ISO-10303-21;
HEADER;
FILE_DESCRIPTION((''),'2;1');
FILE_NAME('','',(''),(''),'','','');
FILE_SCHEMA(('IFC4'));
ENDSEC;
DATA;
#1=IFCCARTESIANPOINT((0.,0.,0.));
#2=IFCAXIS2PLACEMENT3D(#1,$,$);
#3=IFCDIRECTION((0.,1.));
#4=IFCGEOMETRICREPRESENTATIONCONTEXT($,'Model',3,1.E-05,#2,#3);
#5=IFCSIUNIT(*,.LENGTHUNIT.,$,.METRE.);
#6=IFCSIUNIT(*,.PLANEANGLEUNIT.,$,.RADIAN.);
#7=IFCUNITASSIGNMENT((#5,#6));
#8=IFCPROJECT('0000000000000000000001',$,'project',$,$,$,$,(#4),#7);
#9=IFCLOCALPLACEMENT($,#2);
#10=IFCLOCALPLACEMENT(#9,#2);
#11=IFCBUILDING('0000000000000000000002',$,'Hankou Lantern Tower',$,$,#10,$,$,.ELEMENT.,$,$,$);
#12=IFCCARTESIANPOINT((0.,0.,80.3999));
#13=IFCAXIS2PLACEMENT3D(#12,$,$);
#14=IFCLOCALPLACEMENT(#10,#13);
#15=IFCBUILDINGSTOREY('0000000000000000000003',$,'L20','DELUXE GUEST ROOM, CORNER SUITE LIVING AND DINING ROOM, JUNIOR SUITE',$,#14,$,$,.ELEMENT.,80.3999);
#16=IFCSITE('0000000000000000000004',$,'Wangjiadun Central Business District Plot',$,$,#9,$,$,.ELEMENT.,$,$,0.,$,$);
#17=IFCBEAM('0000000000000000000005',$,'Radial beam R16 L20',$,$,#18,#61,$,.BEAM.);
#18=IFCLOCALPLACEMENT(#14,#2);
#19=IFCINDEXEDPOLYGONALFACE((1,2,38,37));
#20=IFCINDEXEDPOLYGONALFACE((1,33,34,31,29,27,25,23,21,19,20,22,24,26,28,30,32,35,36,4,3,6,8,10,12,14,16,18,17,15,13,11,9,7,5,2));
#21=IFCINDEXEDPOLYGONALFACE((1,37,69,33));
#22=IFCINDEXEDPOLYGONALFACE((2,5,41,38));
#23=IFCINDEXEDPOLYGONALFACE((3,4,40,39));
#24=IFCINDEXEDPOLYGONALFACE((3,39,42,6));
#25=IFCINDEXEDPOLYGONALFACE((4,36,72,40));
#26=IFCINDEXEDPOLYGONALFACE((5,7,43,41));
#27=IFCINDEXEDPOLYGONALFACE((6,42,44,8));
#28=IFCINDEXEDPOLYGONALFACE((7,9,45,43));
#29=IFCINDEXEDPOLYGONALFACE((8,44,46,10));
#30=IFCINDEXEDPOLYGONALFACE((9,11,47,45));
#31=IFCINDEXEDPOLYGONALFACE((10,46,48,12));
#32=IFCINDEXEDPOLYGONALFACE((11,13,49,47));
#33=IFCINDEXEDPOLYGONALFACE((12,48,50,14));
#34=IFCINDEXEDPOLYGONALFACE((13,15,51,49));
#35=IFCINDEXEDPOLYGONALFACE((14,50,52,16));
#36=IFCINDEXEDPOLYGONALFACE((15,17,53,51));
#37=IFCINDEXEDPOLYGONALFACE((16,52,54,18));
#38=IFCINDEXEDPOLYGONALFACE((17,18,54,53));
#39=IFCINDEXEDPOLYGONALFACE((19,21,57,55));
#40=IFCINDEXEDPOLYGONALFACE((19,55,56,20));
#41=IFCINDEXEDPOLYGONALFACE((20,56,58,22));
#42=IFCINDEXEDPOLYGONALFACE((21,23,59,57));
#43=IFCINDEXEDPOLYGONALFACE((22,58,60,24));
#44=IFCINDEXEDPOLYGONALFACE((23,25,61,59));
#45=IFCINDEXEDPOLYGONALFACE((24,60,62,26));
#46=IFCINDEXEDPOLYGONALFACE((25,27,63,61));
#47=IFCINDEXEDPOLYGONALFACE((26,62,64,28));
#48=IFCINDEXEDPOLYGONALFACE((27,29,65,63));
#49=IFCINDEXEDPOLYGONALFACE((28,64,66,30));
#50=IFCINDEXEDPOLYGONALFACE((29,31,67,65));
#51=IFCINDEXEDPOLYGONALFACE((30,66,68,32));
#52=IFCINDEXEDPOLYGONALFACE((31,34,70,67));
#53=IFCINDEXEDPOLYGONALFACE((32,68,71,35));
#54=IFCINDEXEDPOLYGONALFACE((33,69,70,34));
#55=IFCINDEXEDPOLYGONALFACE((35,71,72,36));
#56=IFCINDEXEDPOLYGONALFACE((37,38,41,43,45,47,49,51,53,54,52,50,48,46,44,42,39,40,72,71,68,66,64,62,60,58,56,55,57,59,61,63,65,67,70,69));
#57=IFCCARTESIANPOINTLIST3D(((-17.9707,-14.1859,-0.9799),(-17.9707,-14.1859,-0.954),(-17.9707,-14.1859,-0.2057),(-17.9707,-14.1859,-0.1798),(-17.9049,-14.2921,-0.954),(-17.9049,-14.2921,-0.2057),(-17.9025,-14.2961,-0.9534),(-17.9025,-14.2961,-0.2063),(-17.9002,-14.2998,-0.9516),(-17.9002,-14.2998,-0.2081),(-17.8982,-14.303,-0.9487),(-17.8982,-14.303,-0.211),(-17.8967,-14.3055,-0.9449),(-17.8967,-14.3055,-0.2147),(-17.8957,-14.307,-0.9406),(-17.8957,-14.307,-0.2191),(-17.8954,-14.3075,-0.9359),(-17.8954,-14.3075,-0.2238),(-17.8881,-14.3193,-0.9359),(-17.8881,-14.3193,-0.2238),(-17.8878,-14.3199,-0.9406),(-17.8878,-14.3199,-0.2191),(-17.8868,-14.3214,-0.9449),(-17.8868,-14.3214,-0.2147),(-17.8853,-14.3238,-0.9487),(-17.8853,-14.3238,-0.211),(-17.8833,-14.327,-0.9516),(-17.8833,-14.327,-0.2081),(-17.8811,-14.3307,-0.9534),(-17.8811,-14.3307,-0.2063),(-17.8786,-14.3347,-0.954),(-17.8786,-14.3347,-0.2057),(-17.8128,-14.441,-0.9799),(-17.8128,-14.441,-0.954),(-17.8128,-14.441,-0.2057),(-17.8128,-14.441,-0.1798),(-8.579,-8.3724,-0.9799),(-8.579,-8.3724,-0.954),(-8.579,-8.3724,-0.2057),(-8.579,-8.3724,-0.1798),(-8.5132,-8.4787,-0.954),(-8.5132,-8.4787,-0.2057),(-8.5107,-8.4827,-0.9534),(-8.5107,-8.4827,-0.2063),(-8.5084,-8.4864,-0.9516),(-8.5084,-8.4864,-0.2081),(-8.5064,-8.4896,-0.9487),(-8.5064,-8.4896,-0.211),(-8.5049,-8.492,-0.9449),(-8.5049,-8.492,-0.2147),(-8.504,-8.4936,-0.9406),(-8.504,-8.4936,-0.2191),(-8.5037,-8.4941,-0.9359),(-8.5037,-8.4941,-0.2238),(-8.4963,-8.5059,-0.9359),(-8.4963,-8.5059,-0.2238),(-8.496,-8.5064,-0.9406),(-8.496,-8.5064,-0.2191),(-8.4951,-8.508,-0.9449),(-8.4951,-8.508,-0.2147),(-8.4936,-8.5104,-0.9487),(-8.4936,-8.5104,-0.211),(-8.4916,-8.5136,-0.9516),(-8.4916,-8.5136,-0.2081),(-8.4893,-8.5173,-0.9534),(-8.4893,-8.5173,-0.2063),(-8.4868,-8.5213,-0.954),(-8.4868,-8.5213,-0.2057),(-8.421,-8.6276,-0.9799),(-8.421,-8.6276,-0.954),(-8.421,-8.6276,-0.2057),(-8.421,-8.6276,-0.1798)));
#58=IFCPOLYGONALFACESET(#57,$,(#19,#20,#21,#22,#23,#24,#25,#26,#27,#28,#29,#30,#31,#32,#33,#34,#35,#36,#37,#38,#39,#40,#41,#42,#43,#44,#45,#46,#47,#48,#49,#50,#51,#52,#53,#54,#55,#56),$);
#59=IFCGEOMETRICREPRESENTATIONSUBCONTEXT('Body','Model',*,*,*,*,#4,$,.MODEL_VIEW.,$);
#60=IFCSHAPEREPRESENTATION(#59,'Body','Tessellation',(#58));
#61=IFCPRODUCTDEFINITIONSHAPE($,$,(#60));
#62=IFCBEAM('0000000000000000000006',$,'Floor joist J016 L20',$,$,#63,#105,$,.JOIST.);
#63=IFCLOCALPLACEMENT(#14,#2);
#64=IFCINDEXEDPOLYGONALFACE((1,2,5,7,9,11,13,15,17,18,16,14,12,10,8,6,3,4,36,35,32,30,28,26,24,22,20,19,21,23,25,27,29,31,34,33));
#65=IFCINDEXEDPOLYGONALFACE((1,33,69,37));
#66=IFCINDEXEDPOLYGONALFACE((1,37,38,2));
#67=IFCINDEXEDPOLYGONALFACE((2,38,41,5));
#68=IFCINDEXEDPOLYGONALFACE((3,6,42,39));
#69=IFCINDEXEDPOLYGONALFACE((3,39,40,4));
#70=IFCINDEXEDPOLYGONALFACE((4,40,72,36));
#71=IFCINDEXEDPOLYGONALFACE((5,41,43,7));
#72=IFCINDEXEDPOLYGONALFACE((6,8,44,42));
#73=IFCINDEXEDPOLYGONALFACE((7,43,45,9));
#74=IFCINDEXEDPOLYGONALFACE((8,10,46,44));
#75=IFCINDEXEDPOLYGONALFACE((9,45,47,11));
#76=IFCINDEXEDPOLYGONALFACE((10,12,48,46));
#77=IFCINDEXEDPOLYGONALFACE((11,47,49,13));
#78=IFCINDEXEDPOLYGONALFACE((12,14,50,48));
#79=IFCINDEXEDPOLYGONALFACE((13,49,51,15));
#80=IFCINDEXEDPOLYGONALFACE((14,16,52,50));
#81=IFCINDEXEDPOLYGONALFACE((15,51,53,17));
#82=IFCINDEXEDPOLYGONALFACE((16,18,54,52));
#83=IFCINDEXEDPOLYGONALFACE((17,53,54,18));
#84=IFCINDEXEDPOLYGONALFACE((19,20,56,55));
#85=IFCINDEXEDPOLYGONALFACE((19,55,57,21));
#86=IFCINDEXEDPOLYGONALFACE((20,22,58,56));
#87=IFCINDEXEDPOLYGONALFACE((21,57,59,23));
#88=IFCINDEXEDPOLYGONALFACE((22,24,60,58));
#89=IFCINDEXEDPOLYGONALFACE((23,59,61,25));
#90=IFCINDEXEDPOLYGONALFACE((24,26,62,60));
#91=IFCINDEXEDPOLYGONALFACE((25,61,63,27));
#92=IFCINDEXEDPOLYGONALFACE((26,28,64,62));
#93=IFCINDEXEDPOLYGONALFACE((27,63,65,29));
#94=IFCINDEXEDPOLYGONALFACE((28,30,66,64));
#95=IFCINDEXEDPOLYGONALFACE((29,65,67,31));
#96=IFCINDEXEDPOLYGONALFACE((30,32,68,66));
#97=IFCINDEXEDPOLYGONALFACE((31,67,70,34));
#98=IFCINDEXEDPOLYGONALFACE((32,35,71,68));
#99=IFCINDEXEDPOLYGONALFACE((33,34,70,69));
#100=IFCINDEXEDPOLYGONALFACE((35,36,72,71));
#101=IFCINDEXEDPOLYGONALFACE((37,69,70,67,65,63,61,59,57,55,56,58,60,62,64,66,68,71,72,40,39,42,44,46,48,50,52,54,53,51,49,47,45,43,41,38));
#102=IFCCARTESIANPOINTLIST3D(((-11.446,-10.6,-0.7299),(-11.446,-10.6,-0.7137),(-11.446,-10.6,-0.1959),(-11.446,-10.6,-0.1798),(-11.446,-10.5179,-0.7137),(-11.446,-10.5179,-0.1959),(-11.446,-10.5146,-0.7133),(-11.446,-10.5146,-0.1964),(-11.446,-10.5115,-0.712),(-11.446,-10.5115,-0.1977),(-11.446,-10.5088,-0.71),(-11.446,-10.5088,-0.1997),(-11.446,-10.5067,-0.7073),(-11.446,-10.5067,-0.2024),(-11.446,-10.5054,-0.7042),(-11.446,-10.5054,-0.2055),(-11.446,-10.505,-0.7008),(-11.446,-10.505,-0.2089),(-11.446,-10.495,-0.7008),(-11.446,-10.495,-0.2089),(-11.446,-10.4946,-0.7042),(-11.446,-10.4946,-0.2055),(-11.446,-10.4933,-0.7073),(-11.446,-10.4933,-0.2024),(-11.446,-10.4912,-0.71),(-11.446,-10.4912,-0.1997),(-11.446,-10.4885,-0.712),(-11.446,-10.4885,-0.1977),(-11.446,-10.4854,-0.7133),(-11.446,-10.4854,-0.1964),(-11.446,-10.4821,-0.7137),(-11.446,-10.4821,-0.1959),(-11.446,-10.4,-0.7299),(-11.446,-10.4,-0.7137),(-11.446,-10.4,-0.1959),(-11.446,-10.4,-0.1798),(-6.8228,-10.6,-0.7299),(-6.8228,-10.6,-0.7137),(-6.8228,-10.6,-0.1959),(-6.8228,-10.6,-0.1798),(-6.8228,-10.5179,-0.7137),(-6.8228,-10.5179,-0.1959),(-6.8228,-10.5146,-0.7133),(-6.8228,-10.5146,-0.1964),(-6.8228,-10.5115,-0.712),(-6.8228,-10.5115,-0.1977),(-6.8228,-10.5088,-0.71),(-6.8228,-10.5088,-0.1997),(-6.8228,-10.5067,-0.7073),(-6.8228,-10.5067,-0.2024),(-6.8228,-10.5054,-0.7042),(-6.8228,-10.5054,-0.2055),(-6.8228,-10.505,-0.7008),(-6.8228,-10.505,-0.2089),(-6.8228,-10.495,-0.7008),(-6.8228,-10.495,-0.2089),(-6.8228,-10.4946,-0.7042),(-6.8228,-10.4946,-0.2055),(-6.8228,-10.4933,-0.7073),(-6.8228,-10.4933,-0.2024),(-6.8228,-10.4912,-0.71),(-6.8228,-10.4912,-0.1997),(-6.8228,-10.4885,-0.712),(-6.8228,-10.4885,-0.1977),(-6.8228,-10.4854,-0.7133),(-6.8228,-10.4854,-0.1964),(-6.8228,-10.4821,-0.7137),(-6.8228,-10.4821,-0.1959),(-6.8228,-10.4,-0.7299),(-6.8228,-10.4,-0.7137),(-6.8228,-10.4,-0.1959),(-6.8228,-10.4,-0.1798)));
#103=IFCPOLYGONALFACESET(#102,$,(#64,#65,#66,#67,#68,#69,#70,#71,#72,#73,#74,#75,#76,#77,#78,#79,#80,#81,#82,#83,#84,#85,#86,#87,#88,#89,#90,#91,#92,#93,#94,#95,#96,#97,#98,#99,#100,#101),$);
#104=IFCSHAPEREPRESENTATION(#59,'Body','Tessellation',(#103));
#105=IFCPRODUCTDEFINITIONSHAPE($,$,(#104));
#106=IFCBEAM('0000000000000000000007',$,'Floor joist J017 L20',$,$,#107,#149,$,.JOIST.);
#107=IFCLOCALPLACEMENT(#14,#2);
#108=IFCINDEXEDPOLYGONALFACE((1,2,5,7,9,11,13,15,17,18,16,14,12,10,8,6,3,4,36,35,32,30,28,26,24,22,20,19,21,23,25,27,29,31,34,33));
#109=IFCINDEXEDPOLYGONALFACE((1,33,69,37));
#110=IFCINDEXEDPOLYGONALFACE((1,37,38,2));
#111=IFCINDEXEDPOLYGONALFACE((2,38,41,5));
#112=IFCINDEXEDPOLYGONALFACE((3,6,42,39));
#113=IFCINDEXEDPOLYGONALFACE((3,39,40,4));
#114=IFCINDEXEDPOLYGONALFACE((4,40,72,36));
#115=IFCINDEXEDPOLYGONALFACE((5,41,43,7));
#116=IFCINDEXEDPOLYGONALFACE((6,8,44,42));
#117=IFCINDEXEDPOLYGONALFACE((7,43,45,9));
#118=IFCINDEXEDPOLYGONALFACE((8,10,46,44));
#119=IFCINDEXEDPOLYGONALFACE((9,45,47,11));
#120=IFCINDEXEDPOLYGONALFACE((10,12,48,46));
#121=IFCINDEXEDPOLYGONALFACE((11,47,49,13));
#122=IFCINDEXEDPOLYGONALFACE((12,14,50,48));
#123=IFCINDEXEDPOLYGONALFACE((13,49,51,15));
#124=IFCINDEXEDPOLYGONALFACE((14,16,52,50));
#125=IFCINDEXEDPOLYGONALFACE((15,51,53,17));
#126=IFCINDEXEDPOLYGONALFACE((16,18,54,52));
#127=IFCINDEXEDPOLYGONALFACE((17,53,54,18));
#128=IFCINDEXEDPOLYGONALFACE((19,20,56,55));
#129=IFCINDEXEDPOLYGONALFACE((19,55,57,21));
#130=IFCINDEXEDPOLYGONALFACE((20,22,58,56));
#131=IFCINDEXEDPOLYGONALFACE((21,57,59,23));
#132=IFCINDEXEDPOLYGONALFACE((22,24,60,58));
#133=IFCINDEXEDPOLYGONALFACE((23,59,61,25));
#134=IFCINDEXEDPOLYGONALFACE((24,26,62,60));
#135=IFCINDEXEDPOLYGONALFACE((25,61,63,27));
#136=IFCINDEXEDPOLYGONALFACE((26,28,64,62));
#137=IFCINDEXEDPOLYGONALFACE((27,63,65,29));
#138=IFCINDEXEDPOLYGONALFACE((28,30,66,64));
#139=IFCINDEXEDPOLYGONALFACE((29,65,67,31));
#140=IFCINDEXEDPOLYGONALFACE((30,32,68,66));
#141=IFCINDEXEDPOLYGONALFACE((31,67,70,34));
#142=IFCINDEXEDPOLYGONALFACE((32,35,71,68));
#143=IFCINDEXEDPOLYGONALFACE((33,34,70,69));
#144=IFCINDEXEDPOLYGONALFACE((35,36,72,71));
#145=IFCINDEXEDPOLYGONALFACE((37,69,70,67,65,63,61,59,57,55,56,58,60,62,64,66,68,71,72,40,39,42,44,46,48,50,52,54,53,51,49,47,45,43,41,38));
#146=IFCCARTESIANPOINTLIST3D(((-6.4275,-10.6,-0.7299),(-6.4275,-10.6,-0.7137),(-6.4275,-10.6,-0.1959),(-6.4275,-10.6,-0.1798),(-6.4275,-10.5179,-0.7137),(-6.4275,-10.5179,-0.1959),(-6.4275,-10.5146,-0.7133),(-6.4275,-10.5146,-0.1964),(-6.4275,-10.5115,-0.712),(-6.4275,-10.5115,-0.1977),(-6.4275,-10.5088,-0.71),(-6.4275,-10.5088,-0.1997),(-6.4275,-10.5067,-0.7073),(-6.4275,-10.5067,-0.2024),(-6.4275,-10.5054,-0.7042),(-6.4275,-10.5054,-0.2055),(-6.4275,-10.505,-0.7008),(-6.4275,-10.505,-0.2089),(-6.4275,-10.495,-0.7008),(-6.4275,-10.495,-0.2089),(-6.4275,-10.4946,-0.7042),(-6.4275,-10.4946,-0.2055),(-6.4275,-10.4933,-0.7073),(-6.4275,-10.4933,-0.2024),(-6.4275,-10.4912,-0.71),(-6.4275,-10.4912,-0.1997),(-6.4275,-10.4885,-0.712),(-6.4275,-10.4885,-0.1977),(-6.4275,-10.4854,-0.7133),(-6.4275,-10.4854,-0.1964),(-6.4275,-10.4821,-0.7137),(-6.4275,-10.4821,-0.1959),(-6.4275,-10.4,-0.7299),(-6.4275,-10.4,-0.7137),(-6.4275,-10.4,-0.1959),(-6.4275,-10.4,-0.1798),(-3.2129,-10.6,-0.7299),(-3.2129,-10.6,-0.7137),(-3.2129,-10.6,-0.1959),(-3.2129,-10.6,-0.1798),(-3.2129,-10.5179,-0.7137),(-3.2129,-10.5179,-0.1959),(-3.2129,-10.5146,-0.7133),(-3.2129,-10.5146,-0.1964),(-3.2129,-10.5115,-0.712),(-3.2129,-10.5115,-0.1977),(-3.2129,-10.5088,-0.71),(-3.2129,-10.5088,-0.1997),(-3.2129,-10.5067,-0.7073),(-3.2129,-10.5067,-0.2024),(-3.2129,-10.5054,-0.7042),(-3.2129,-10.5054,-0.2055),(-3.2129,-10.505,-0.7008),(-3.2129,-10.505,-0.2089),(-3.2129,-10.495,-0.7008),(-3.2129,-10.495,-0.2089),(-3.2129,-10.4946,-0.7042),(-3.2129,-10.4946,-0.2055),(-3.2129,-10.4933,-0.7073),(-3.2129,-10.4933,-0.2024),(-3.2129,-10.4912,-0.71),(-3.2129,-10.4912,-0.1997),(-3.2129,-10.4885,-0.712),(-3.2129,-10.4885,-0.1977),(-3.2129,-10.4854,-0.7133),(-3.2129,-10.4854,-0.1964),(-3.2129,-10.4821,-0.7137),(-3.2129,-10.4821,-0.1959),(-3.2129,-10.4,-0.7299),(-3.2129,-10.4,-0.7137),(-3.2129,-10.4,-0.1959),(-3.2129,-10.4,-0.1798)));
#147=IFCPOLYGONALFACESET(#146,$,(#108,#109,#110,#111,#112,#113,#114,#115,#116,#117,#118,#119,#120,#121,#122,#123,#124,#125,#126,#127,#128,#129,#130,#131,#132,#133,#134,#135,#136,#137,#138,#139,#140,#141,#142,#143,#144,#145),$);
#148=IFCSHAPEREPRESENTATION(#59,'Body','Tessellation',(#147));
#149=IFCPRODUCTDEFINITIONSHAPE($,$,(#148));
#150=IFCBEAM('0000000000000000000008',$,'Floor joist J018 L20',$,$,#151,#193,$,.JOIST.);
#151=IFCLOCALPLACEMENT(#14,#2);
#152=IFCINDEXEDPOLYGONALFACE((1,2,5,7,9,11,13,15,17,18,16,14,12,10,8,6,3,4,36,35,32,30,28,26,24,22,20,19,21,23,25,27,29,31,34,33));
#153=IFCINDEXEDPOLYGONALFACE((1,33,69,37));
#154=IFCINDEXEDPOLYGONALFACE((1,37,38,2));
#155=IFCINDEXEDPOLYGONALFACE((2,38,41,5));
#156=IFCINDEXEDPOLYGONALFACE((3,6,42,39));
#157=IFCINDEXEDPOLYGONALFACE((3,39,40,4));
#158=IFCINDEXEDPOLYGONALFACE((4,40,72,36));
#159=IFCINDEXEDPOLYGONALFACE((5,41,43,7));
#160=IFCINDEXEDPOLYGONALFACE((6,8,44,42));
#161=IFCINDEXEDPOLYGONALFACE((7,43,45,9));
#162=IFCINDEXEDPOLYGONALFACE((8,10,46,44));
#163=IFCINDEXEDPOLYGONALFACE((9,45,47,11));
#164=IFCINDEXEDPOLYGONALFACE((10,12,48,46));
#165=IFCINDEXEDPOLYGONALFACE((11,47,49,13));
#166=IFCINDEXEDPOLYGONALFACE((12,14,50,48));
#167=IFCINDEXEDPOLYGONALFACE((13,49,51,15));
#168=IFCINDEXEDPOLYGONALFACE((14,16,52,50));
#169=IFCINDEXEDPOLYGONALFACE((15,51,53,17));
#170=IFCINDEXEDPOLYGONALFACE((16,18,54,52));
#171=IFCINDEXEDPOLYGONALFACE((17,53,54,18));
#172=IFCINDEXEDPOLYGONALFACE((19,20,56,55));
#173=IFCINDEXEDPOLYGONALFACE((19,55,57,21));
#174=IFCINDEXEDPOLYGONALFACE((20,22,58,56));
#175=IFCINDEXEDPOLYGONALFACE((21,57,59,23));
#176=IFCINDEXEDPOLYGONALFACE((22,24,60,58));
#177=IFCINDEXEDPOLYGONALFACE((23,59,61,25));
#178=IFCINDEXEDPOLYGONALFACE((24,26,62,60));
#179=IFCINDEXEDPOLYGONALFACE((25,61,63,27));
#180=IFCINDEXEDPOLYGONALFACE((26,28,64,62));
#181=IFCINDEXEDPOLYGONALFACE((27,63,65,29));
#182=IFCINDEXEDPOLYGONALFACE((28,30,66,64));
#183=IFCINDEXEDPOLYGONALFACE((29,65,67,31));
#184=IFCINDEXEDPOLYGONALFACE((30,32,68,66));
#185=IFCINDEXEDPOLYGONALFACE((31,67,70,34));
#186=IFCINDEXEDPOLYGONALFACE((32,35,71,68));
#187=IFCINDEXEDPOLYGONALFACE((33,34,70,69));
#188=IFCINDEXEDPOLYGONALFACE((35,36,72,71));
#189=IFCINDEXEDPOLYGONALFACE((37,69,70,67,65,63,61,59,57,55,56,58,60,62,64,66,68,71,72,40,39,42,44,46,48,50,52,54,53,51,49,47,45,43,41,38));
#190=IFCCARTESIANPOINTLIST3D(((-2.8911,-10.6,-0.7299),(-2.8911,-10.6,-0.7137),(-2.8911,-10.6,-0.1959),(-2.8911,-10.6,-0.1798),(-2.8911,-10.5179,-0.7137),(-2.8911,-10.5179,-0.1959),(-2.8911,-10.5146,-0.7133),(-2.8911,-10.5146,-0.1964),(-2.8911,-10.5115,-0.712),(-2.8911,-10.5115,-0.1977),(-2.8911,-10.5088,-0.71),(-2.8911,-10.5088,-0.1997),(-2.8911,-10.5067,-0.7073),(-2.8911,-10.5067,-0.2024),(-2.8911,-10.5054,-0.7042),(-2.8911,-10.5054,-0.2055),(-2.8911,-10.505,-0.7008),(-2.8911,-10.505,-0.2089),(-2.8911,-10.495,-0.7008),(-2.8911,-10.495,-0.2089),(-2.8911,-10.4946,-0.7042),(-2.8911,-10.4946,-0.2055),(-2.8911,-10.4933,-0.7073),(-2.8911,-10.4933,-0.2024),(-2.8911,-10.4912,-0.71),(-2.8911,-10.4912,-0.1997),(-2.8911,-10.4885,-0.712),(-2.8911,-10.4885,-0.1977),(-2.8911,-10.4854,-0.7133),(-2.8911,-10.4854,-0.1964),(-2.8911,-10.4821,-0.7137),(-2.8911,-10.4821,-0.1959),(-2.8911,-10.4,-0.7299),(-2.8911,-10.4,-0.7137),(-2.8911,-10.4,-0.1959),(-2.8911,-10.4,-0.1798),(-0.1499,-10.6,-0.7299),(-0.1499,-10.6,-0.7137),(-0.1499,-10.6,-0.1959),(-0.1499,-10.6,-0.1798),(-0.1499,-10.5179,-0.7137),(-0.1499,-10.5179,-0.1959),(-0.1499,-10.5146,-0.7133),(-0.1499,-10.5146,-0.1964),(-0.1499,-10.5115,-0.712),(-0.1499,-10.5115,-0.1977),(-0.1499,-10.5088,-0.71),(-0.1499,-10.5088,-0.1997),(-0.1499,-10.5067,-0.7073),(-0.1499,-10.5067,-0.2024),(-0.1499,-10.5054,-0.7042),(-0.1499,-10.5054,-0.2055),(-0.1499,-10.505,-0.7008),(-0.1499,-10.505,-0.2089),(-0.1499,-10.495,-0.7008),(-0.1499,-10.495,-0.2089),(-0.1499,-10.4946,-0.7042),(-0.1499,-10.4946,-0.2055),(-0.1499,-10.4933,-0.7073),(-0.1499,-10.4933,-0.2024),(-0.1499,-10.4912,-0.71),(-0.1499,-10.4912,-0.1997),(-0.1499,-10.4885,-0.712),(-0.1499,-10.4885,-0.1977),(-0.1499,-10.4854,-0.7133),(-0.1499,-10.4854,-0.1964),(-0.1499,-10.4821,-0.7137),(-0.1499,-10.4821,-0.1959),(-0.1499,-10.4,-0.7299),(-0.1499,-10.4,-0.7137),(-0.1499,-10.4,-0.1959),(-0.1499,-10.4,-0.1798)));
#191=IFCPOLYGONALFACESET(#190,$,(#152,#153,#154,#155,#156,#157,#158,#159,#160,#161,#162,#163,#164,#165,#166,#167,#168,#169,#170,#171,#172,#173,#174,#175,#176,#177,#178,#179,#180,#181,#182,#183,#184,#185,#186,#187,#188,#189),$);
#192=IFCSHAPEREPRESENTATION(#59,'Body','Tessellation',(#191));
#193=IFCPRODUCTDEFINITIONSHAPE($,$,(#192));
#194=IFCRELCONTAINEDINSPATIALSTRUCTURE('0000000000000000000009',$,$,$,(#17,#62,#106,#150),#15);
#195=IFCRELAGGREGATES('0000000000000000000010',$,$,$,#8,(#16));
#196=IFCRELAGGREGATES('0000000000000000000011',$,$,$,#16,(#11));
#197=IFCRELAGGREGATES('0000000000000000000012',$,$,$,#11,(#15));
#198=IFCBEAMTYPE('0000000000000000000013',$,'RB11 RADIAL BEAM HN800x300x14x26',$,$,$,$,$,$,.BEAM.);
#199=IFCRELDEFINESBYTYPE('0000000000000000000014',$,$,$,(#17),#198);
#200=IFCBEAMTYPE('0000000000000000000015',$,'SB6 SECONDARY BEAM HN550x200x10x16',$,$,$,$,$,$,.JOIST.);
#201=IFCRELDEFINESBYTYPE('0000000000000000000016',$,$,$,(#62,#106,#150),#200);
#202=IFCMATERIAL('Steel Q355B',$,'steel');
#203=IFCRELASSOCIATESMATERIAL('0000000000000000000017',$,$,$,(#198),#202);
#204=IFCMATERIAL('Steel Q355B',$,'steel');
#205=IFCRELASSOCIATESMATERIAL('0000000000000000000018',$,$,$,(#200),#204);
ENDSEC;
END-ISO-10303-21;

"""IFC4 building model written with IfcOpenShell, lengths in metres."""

from ifc_helpers import new_model, si_unit, direction, frame, origin, origin_2d, place, context, subcontext, project, spatial, i_section, extrude, material, material_profile, profile_set, type_object, element, save


model = new_model("IFC4")

# Units and contexts
model_context = context("Model", 3, precision=1e-05, world=origin(), true_north=direction((0.0, 1.0)))
body_context = subcontext(model_context, "Body", "Model", "MODEL_VIEW")
ifc_project = project(units=[si_unit("LENGTHUNIT", "METRE"), si_unit("PLANEANGLEUNIT", "RADIAN")], contexts=[model_context])

# Site, building, storey
site_placement = place(None, origin())
site = spatial("IfcSite", under=ifc_project, at=site_placement, Name="Wangjiadun Central Business District Plot", CompositionType="ELEMENT", RefElevation=0.0)
building_placement = place(site_placement, origin())
building = spatial("IfcBuilding", under=site, at=building_placement, Name="Hankou Lantern Tower", CompositionType="ELEMENT")
storey_placement = place(building_placement, frame((0.0, 0.0, 80.3999)))
storey = spatial("IfcBuildingStorey", under=building, at=storey_placement, Name="L20", Description="DELUXE GUEST ROOM, CORNER SUITE LIVING AND DINING ROOM, JUNIOR SUITE", CompositionType="ELEMENT", Elevation=80.3999)

# Beams
ifc_material_1 = material(Name="Steel Q355B", Category="steel")
ifc_material_profile_1 = material_profile(ifc_material_1, i_section(OverallWidth=0.3, OverallDepth=0.8, WebThickness=0.0139, FlangeThickness=0.0259, FilletRadius=0.0181, at=origin_2d()), Name="HN800x300x14x26")
ifc_profile_set_1 = profile_set([ifc_material_profile_1], Name="Steel Q355B")
beam_type_1 = type_object("IfcBeamType", Name="RB11 RADIAL BEAM HN800x300x14x26", PredefinedType="BEAM", material=ifc_profile_set_1)
beam_1_placement = place(storey_placement, frame((-8.5, -8.5, -0.5798), z_axis=(-0.850286, -0.52632, 0.0), x_axis=(0.52632, -0.850286, 0.0)))
element("IfcBeam", 1, at=beam_1_placement, inside=storey, type_object=beam_type_1, Name="Radial beam R16 L20", PredefinedType="BEAM", context=body_context, shape_type="SweptSolid", body=[
    extrude(i_section(OverallWidth=0.3, OverallDepth=0.8, WebThickness=0.0139, FlangeThickness=0.0259, FilletRadius=0.0181, at=origin_2d()), origin(), (0.0, 0.0, 1.0), 11.0454),
])
ifc_material_2 = material(Name="Steel Q355B", Category="steel")
ifc_material_profile_2 = material_profile(ifc_material_2, i_section(OverallWidth=0.2, OverallDepth=0.55, WebThickness=0.01, FlangeThickness=0.0161, FilletRadius=0.0129, at=origin_2d()), Name="HN550x200x10x16")
ifc_profile_set_2 = profile_set([ifc_material_profile_2], Name="Steel Q355B")
beam_type_2 = type_object("IfcBeamType", Name="SB6 SECONDARY BEAM HN550x200x10x16", PredefinedType="JOIST", material=ifc_profile_set_2)
beam_2_placement = place(storey_placement, frame((-11.446, -10.5, -0.4548), z_axis=(1.0, 0.0, 0.0), x_axis=(0.0, 1.0, 0.0)))
element("IfcBeam", 2, at=beam_2_placement, inside=storey, type_object=beam_type_2, Name="Floor joist J016 L20", PredefinedType="JOIST", context=body_context, shape_type="SweptSolid", body=[
    extrude(i_section(OverallWidth=0.2, OverallDepth=0.55, WebThickness=0.01, FlangeThickness=0.0161, FilletRadius=0.0129, at=origin_2d()), origin(), (0.0, 0.0, 1.0), 4.6233),
])
beam_3_placement = place(storey_placement, frame((-6.4275, -10.5, -0.4548), z_axis=(1.0, 0.0, 0.0), x_axis=(0.0, 1.0, 0.0)))
element("IfcBeam", 3, at=beam_3_placement, inside=storey, type_object=beam_type_2, Name="Floor joist J017 L20", PredefinedType="JOIST", context=body_context, shape_type="SweptSolid", body=[
    extrude(i_section(OverallWidth=0.2, OverallDepth=0.55, WebThickness=0.01, FlangeThickness=0.0161, FilletRadius=0.0129, at=origin_2d()), origin(), (0.0, 0.0, 1.0), 3.2146),
])
beam_4_placement = place(storey_placement, frame((-2.8911, -10.5, -0.4548), z_axis=(1.0, 0.0, 0.0), x_axis=(0.0, 1.0, 0.0)))
element("IfcBeam", 4, at=beam_4_placement, inside=storey, type_object=beam_type_2, Name="Floor joist J018 L20", PredefinedType="JOIST", context=body_context, shape_type="SweptSolid", body=[
    extrude(i_section(OverallWidth=0.2, OverallDepth=0.55, WebThickness=0.01, FlangeThickness=0.0161, FilletRadius=0.0129, at=origin_2d()), origin(), (0.0, 0.0, 1.0), 2.7412),
])

save(model, "model.ifc")
